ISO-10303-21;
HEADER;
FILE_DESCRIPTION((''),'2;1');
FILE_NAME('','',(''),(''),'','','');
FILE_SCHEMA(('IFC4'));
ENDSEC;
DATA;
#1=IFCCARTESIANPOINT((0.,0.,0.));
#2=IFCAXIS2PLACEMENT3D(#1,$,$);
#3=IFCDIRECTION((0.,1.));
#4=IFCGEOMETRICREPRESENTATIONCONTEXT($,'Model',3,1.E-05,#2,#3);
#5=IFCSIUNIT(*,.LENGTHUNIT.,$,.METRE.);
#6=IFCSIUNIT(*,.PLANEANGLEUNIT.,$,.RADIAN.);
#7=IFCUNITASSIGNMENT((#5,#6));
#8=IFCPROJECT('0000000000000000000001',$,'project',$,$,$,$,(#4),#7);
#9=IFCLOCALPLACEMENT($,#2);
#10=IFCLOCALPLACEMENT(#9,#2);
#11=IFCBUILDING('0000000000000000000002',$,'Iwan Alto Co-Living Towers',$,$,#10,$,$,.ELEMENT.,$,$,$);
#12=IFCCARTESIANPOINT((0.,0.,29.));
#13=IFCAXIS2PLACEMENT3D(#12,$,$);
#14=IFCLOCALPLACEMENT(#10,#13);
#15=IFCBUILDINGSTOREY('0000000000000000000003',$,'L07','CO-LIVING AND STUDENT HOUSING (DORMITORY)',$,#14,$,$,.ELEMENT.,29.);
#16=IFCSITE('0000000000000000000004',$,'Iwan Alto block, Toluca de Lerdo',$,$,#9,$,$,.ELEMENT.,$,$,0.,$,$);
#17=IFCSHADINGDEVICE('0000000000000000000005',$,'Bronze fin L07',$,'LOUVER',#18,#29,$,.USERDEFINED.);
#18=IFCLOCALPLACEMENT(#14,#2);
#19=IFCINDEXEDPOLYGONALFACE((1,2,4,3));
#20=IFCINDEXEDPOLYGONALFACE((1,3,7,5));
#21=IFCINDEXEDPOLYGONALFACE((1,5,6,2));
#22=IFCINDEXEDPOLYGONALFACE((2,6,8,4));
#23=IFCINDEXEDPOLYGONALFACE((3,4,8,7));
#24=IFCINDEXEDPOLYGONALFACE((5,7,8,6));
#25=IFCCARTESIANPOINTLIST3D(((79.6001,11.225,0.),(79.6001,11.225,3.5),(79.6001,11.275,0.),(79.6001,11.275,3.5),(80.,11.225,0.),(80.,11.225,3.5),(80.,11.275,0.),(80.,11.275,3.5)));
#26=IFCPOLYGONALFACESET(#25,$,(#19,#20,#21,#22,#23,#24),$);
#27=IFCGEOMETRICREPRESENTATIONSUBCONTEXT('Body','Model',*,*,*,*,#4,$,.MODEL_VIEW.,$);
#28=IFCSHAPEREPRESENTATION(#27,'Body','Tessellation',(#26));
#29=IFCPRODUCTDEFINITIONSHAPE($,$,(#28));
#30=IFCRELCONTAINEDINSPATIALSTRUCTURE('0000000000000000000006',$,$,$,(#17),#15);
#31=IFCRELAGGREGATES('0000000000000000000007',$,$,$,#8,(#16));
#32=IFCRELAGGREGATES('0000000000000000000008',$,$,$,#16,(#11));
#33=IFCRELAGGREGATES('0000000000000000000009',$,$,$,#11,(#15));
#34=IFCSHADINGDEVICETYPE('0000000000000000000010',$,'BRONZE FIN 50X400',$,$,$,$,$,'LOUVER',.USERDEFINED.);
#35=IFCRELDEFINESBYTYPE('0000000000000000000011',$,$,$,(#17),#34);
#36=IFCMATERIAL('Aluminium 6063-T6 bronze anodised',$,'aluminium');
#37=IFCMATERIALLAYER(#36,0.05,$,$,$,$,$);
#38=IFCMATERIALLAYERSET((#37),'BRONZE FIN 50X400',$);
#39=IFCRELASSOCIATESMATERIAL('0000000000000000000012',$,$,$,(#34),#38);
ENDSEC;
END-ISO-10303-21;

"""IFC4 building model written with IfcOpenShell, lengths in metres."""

from ifc_helpers import new_model, si_unit, direction, frame, origin, origin_2d, place, context, subcontext, project, spatial, rectangle, extrude, material, layer, layer_set, type_object, element, save


model = new_model("IFC4")

# Units and contexts
model_context = context("Model", 3, precision=1e-05, world=origin(), true_north=direction((0.0, 1.0)))
body_context = subcontext(model_context, "Body", "Model", "MODEL_VIEW")
ifc_project = project(units=[si_unit("LENGTHUNIT", "METRE"), si_unit("PLANEANGLEUNIT", "RADIAN")], contexts=[model_context])

# Site, building, storey
site_placement = place(None, origin())
site = spatial("IfcSite", under=ifc_project, at=site_placement, Name="Iwan Alto block, Toluca de Lerdo", CompositionType="ELEMENT", RefElevation=0.0)
building_placement = place(site_placement, origin())
building = spatial("IfcBuilding", under=site, at=building_placement, Name="Iwan Alto Co-Living Towers", CompositionType="ELEMENT")
storey_placement = place(building_placement, frame((0.0, 0.0, 29.0)))
storey = spatial("IfcBuildingStorey", under=building, at=storey_placement, Name="L07", Description="CO-LIVING AND STUDENT HOUSING (DORMITORY)", CompositionType="ELEMENT", Elevation=29.0)

# Shading device
ifc_material_1 = material(Name="Aluminium 6063-T6 bronze anodised", Category="aluminium")
ifc_layer_1 = layer(ifc_material_1, 0.05)
ifc_layer_set_1 = layer_set([ifc_layer_1], Name="BRONZE FIN 50X400")
shading_device_type = type_object("IfcShadingDeviceType", Name="BRONZE FIN 50X400", ElementType="LOUVER", PredefinedType="USERDEFINED", material=ifc_layer_set_1)
for number, where, z_axis, x_axis, name in (
    (1, (79.8, 11.25, 0.0), (0.0, 0.0, 1.0), (0.0, 1.0, 0.0), "Bronze fin L07"),
):
    element("IfcShadingDevice", number, at=place(storey_placement, frame(where, z_axis=z_axis, x_axis=x_axis)), inside=storey, type_object=shading_device_type, Name=name, ObjectType="LOUVER", PredefinedType="USERDEFINED", context=body_context, shape_type="SweptSolid", body=[
        extrude(rectangle(XDim=0.05, YDim=0.3999, at=origin_2d()), origin(), (0.0, 0.0, 1.0), 3.5),
    ])

save(model, "model.ifc")
